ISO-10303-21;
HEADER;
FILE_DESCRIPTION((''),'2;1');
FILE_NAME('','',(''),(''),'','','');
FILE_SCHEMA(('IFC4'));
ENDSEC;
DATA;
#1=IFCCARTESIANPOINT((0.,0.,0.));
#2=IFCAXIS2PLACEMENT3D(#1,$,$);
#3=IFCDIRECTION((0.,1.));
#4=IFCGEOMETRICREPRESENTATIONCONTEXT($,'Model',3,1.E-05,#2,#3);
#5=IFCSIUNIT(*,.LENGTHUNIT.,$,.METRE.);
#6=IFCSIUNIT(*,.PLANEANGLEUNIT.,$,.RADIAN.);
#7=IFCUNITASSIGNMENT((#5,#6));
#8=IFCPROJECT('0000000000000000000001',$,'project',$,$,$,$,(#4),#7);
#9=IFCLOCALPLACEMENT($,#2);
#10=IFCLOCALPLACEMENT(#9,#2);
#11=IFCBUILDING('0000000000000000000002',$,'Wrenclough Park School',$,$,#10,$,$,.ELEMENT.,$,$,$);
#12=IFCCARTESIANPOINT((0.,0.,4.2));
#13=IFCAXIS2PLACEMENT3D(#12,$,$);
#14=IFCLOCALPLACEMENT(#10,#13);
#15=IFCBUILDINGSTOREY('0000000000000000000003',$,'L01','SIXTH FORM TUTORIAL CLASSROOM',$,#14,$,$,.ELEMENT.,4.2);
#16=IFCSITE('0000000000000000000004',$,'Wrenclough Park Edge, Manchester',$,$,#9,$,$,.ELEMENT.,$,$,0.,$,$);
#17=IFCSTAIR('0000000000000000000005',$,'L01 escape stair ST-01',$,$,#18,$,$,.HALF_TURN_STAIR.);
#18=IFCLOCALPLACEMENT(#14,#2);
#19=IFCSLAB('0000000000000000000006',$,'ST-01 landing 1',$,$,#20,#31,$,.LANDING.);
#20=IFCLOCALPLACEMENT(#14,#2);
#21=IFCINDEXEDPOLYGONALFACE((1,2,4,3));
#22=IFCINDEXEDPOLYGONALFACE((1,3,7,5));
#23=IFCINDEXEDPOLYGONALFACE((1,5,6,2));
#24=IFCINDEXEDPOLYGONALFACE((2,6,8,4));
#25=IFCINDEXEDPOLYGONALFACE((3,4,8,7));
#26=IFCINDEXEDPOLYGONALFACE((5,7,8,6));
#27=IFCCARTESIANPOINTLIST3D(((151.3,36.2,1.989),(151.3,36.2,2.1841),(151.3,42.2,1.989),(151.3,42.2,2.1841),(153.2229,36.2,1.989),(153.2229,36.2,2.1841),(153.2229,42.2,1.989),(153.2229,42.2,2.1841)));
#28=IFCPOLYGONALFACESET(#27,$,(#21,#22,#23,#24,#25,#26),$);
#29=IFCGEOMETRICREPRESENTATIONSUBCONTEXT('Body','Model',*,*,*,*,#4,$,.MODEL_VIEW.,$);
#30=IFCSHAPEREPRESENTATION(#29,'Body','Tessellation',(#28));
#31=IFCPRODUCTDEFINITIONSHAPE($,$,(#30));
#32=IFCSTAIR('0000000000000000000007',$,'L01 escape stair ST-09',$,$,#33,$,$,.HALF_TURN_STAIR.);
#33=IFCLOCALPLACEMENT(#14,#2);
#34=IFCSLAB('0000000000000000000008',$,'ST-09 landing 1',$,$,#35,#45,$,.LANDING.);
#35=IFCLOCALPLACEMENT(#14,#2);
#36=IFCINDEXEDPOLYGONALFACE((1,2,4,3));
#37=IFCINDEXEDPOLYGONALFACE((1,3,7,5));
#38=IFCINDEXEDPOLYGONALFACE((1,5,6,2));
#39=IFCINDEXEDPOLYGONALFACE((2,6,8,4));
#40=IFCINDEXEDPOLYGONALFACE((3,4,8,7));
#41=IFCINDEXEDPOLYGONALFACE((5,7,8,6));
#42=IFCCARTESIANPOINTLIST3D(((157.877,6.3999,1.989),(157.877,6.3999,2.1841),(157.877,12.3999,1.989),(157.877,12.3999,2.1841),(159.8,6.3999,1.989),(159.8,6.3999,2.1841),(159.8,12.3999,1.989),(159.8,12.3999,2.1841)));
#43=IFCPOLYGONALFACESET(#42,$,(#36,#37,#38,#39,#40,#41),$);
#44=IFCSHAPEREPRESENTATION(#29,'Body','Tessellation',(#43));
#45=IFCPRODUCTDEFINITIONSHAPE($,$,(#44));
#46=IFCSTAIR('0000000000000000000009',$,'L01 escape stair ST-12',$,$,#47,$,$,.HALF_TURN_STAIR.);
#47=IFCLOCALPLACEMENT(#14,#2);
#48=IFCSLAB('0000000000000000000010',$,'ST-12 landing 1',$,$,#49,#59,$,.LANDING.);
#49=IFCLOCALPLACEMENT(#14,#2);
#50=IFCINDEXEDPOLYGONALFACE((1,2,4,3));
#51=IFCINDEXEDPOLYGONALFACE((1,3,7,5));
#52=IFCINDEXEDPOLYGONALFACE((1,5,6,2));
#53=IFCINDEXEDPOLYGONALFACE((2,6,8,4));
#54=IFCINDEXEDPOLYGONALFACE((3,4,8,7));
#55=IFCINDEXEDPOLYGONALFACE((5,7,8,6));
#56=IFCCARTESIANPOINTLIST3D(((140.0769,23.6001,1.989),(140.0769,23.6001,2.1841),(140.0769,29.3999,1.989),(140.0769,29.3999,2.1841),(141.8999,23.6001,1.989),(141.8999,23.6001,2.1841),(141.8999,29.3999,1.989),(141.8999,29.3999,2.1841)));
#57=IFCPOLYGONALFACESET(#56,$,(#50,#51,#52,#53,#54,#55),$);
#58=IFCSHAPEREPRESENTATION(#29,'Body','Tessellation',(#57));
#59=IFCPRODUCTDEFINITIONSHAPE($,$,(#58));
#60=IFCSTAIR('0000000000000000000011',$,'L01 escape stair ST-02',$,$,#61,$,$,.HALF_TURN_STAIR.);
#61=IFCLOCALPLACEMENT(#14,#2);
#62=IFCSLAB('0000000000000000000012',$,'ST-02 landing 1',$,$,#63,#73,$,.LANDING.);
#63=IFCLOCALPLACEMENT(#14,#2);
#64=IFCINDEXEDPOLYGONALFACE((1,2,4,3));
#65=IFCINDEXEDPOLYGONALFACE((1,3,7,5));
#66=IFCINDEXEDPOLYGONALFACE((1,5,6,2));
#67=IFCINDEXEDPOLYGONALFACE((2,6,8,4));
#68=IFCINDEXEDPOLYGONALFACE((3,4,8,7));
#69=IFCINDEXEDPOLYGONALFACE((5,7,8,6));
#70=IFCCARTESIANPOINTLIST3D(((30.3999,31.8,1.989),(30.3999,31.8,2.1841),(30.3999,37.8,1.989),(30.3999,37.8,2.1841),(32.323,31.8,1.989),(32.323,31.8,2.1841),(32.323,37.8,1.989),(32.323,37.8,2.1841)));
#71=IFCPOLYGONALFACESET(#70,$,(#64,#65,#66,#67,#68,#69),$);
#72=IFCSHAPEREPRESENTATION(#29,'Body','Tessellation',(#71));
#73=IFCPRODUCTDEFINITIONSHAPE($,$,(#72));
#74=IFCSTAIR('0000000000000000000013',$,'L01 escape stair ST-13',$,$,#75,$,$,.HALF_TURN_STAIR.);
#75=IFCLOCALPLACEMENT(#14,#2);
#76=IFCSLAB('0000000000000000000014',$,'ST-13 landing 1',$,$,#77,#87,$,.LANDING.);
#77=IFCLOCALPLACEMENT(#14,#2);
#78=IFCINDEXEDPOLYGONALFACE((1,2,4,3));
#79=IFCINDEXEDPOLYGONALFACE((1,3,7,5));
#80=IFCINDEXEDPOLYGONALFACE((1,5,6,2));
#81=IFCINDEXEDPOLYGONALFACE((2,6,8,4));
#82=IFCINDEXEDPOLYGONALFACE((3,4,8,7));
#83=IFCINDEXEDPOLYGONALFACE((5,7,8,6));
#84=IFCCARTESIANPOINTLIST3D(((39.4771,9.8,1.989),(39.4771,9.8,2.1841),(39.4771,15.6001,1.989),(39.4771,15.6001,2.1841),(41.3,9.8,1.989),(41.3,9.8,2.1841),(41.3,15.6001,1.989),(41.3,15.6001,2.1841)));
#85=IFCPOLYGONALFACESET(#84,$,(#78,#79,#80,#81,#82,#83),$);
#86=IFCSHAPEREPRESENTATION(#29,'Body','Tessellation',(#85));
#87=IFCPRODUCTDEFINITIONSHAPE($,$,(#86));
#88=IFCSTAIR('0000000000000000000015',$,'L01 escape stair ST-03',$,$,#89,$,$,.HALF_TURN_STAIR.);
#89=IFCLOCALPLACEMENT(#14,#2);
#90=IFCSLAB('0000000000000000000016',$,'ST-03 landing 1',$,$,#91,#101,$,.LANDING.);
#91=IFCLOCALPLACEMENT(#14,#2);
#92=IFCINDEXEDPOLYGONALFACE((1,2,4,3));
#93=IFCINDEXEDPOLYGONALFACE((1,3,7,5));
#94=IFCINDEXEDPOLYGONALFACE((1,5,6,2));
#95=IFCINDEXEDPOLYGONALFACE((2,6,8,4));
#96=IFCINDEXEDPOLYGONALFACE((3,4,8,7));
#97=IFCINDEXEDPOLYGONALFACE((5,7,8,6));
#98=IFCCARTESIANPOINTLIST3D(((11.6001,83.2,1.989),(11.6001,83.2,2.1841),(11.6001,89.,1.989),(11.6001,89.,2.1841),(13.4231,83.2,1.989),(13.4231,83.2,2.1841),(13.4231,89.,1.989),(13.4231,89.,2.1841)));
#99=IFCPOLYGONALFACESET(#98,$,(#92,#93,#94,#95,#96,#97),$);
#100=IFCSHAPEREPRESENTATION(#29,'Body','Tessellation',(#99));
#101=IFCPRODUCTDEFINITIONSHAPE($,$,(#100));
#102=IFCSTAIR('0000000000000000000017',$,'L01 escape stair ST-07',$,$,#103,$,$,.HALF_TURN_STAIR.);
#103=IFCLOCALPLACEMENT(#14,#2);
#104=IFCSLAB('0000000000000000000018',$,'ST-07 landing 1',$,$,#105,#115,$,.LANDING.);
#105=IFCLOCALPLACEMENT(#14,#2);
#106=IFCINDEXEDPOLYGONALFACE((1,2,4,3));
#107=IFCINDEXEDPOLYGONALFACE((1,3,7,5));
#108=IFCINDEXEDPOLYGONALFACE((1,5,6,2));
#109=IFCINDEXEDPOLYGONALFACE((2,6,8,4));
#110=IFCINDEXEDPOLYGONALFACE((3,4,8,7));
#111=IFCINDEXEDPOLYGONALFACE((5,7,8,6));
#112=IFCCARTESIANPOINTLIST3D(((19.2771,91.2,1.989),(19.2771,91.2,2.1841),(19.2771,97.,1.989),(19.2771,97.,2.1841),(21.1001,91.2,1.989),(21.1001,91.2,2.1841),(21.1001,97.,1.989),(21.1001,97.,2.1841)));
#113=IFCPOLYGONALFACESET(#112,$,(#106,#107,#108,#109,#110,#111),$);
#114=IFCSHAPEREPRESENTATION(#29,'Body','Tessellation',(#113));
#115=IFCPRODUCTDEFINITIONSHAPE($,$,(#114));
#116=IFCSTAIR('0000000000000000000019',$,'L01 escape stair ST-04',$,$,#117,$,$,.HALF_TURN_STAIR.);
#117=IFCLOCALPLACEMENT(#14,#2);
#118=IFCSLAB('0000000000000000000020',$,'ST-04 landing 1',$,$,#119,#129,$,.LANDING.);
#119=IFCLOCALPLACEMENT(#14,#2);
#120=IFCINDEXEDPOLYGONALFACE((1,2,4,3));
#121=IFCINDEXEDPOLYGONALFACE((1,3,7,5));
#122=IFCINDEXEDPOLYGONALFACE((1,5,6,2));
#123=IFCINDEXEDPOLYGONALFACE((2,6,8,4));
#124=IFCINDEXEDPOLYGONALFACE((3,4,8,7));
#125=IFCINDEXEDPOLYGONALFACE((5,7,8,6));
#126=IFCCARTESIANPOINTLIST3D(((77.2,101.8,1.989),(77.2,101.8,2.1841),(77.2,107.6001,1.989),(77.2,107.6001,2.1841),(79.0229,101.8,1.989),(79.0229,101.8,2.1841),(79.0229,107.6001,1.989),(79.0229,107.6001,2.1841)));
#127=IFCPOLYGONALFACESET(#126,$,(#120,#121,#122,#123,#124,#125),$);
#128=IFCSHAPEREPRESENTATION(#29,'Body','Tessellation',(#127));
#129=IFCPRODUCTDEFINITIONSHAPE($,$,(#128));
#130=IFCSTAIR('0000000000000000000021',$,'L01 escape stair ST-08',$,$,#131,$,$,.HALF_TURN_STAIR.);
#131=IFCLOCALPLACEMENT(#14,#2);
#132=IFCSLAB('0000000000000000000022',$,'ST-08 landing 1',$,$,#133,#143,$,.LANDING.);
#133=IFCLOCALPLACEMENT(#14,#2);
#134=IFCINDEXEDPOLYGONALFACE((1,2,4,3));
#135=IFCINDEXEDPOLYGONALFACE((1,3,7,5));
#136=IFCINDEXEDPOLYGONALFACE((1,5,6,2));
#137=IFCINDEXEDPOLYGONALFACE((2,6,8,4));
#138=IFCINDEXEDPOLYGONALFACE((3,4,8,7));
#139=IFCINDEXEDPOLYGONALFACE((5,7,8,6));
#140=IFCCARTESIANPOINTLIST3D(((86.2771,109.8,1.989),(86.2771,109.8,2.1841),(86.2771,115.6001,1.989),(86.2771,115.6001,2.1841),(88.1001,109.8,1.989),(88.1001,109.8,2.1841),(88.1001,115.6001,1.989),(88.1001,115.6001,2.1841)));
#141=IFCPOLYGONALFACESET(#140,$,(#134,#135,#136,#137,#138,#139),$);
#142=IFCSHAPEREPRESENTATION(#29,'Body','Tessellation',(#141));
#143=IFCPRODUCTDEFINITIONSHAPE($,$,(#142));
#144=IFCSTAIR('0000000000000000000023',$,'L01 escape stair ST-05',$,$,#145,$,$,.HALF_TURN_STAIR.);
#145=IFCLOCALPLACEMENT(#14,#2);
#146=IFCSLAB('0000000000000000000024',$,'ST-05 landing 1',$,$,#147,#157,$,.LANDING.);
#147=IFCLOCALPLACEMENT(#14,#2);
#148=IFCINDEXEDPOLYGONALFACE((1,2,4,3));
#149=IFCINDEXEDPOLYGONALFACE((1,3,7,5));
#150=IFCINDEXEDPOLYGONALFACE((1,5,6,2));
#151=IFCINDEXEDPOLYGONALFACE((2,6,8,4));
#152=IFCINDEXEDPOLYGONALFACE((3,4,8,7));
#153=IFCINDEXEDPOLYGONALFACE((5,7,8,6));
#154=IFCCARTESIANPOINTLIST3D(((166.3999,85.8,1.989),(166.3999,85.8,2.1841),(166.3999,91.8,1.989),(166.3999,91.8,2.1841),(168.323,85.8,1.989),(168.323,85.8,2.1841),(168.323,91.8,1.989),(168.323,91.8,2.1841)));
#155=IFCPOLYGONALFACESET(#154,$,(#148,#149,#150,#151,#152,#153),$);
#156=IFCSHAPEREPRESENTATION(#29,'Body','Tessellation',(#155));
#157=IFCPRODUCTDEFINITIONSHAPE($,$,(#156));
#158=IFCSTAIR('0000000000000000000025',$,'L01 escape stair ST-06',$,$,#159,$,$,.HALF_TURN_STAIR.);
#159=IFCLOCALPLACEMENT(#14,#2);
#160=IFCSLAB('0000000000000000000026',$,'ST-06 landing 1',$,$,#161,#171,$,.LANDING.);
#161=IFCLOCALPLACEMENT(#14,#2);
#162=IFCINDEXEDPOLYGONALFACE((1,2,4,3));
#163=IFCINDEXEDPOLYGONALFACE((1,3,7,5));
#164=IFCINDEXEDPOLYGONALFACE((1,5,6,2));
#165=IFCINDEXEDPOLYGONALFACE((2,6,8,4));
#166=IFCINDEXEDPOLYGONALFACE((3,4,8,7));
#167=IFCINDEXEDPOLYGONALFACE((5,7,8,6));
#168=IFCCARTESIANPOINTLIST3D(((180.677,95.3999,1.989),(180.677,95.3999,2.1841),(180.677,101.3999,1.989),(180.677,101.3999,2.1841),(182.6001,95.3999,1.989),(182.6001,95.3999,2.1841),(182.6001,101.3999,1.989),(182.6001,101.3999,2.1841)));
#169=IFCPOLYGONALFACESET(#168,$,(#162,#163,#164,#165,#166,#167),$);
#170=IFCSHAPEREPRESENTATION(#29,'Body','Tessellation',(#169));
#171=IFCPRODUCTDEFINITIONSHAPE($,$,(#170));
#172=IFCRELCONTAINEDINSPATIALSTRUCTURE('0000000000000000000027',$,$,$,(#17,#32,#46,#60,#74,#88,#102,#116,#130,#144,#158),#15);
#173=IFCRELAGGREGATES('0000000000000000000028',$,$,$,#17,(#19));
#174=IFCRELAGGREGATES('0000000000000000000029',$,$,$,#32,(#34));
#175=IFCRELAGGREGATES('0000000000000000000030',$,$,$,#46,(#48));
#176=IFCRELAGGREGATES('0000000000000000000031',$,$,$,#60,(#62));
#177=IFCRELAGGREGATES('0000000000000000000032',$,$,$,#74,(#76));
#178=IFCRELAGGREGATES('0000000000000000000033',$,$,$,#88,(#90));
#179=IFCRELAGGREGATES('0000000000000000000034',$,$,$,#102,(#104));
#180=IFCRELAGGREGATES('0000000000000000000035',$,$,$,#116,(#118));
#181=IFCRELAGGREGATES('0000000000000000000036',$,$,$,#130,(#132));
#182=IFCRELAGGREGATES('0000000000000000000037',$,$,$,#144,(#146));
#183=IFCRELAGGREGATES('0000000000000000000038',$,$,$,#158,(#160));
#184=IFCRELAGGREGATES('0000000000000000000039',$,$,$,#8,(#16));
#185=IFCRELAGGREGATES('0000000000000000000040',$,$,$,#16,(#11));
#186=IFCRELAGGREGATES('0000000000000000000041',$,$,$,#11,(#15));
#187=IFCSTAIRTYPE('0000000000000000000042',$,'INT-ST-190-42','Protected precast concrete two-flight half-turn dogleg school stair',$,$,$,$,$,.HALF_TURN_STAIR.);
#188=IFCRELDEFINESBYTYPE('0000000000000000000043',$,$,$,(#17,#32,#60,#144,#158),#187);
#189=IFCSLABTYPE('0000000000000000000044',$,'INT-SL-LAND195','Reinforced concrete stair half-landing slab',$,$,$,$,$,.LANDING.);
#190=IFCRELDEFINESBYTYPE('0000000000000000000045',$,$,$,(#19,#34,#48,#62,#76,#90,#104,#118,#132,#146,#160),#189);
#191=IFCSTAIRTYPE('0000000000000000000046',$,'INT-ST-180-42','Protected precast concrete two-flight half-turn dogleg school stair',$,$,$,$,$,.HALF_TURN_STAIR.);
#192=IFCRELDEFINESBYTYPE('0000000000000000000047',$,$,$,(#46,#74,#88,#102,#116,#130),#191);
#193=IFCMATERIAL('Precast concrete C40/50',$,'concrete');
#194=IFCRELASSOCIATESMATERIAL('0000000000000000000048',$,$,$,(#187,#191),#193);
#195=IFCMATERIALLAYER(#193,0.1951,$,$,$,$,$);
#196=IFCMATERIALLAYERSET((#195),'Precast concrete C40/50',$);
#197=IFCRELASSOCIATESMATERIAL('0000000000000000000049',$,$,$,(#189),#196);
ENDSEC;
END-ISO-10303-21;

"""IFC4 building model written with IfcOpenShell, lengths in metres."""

from ifc_helpers import new_model, si_unit, direction, frame, origin, place, context, subcontext, project, spatial, polyline, outline, extrude, material, layer, layer_set, type_object, element, aggregate, save


model = new_model("IFC4")

# Units and contexts
model_context = context("Model", 3, precision=1e-05, world=origin(), true_north=direction((0.0, 1.0)))
body_context = subcontext(model_context, "Body", "Model", "MODEL_VIEW")
ifc_project = project(units=[si_unit("LENGTHUNIT", "METRE"), si_unit("PLANEANGLEUNIT", "RADIAN")], contexts=[model_context])

# Site, building, storey
site_placement = place(None, origin())
site = spatial("IfcSite", under=ifc_project, at=site_placement, Name="Wrenclough Park Edge, Manchester", CompositionType="ELEMENT", RefElevation=0.0)
building_placement = place(site_placement, origin())
building = spatial("IfcBuilding", under=site, at=building_placement, Name="Wrenclough Park School", CompositionType="ELEMENT")
storey_placement = place(building_placement, frame((0.0, 0.0, 4.2)))
storey = spatial("IfcBuildingStorey", under=building, at=storey_placement, Name="L01", Description="SIXTH FORM TUTORIAL CLASSROOM", CompositionType="ELEMENT", Elevation=4.2)

# Stairs, slabs
ifc_material_1 = material(Name="Precast concrete C40/50", Category="concrete")
stair_type_1 = type_object("IfcStairType", Name="INT-ST-190-42", Description="Protected precast concrete two-flight half-turn dogleg school stair", PredefinedType="HALF_TURN_STAIR", material=ifc_material_1)
stair_1_placement = place(storey_placement, origin())
stair_1 = element("IfcStair", 1, at=stair_1_placement, inside=storey, type_object=stair_type_1, Name="L01 escape stair ST-01", PredefinedType="HALF_TURN_STAIR")
ifc_layer_1 = layer(ifc_material_1, 0.1951)
ifc_layer_set_1 = layer_set([ifc_layer_1], Name="Precast concrete C40/50")
slab_type = type_object("IfcSlabType", Name="INT-SL-LAND195", Description="Reinforced concrete stair half-landing slab", PredefinedType="LANDING", material=ifc_layer_set_1)
slab_1_placement = place(storey_placement, frame((0.0, 0.0, 1.989)))
slab_1 = element("IfcSlab", 2, at=slab_1_placement, type_object=slab_type, Name="ST-01 landing 1", PredefinedType="LANDING", context=body_context, shape_type="SweptSolid", body=[
    extrude(outline(polyline([(151.3, 36.2), (153.2229, 36.2), (153.2229, 42.2), (151.3, 42.2), (151.3, 36.2)])), origin(), (0.0, 0.0, 1.0), 0.1951),
])
aggregate(stair_1, [slab_1])
stair_2_placement = place(storey_placement, origin())
stair_2 = element("IfcStair", 3, at=stair_2_placement, inside=storey, type_object=stair_type_1, Name="L01 escape stair ST-09", PredefinedType="HALF_TURN_STAIR")
slab_2_placement = place(storey_placement, frame((0.0, 0.0, 1.989)))
slab_2 = element("IfcSlab", 4, at=slab_2_placement, type_object=slab_type, Name="ST-09 landing 1", PredefinedType="LANDING", context=body_context, shape_type="SweptSolid", body=[
    extrude(outline(polyline([(157.877, 6.3999), (159.8, 6.3999), (159.8, 12.3999), (157.877, 12.3999), (157.877, 6.3999)])), origin(), (0.0, 0.0, 1.0), 0.1951),
])
aggregate(stair_2, [slab_2])
stair_type_2 = type_object("IfcStairType", Name="INT-ST-180-42", Description="Protected precast concrete two-flight half-turn dogleg school stair", PredefinedType="HALF_TURN_STAIR", material=ifc_material_1)
stair_3_placement = place(storey_placement, origin())
stair_3 = element("IfcStair", 5, at=stair_3_placement, inside=storey, type_object=stair_type_2, Name="L01 escape stair ST-12", PredefinedType="HALF_TURN_STAIR")
slab_3_placement = place(storey_placement, frame((0.0, 0.0, 1.989)))
slab_3 = element("IfcSlab", 6, at=slab_3_placement, type_object=slab_type, Name="ST-12 landing 1", PredefinedType="LANDING", context=body_context, shape_type="SweptSolid", body=[
    extrude(outline(polyline([(140.0769, 23.6001), (141.8999, 23.6001), (141.8999, 29.3999), (140.0769, 29.3999), (140.0769, 23.6001)])), origin(), (0.0, 0.0, 1.0), 0.1951),
])
aggregate(stair_3, [slab_3])
stair_4_placement = place(storey_placement, origin())
stair_4 = element("IfcStair", 7, at=stair_4_placement, inside=storey, type_object=stair_type_1, Name="L01 escape stair ST-02", PredefinedType="HALF_TURN_STAIR")
slab_4_placement = place(storey_placement, frame((0.0, 0.0, 1.989)))
slab_4 = element("IfcSlab", 8, at=slab_4_placement, type_object=slab_type, Name="ST-02 landing 1", PredefinedType="LANDING", context=body_context, shape_type="SweptSolid", body=[
    extrude(outline(polyline([(30.3999, 31.8), (32.323, 31.8), (32.323, 37.8), (30.3999, 37.8), (30.3999, 31.8)])), origin(), (0.0, 0.0, 1.0), 0.1951),
])
aggregate(stair_4, [slab_4])
stair_5_placement = place(storey_placement, origin())
stair_5 = element("IfcStair", 9, at=stair_5_placement, inside=storey, type_object=stair_type_2, Name="L01 escape stair ST-13", PredefinedType="HALF_TURN_STAIR")
slab_5_placement = place(storey_placement, frame((0.0, 0.0, 1.989)))
slab_5 = element("IfcSlab", 10, at=slab_5_placement, type_object=slab_type, Name="ST-13 landing 1", PredefinedType="LANDING", context=body_context, shape_type="SweptSolid", body=[
    extrude(outline(polyline([(39.4771, 9.8), (41.3, 9.8), (41.3, 15.6001), (39.4771, 15.6001), (39.4771, 9.8)])), origin(), (0.0, 0.0, 1.0), 0.1951),
])
aggregate(stair_5, [slab_5])
stair_6_placement = place(storey_placement, origin())
stair_6 = element("IfcStair", 11, at=stair_6_placement, inside=storey, type_object=stair_type_2, Name="L01 escape stair ST-03", PredefinedType="HALF_TURN_STAIR")
slab_6_placement = place(storey_placement, frame((0.0, 0.0, 1.989)))
slab_6 = element("IfcSlab", 12, at=slab_6_placement, type_object=slab_type, Name="ST-03 landing 1", PredefinedType="LANDING", context=body_context, shape_type="SweptSolid", body=[
    extrude(outline(polyline([(11.6001, 83.2), (13.4231, 83.2), (13.4231, 89.0), (11.6001, 89.0), (11.6001, 83.2)])), origin(), (0.0, 0.0, 1.0), 0.1951),
])
aggregate(stair_6, [slab_6])
stair_7_placement = place(storey_placement, origin())
stair_7 = element("IfcStair", 13, at=stair_7_placement, inside=storey, type_object=stair_type_2, Name="L01 escape stair ST-07", PredefinedType="HALF_TURN_STAIR")
slab_7_placement = place(storey_placement, frame((0.0, 0.0, 1.989)))
slab_7 = element("IfcSlab", 14, at=slab_7_placement, type_object=slab_type, Name="ST-07 landing 1", PredefinedType="LANDING", context=body_context, shape_type="SweptSolid", body=[
    extrude(outline(polyline([(19.2771, 91.2), (21.1001, 91.2), (21.1001, 97.0), (19.2771, 97.0), (19.2771, 91.2)])), origin(), (0.0, 0.0, 1.0), 0.1951),
])
aggregate(stair_7, [slab_7])
stair_8_placement = place(storey_placement, origin())
stair_8 = element("IfcStair", 15, at=stair_8_placement, inside=storey, type_object=stair_type_2, Name="L01 escape stair ST-04", PredefinedType="HALF_TURN_STAIR")
slab_8_placement = place(storey_placement, frame((0.0, 0.0, 1.989)))
slab_8 = element("IfcSlab", 16, at=slab_8_placement, type_object=slab_type, Name="ST-04 landing 1", PredefinedType="LANDING", context=body_context, shape_type="SweptSolid", body=[
    extrude(outline(polyline([(77.2, 101.8), (79.0229, 101.8), (79.0229, 107.6001), (77.2, 107.6001), (77.2, 101.8)])), origin(), (0.0, 0.0, 1.0), 0.1951),
])
aggregate(stair_8, [slab_8])
stair_9_placement = place(storey_placement, origin())
stair_9 = element("IfcStair", 17, at=stair_9_placement, inside=storey, type_object=stair_type_2, Name="L01 escape stair ST-08", PredefinedType="HALF_TURN_STAIR")
slab_9_placement = place(storey_placement, frame((0.0, 0.0, 1.989)))
slab_9 = element("IfcSlab", 18, at=slab_9_placement, type_object=slab_type, Name="ST-08 landing 1", PredefinedType="LANDING", context=body_context, shape_type="SweptSolid", body=[
    extrude(outline(polyline([(86.2771, 109.8), (88.1001, 109.8), (88.1001, 115.6001), (86.2771, 115.6001), (86.2771, 109.8)])), origin(), (0.0, 0.0, 1.0), 0.1951),
])
aggregate(stair_9, [slab_9])
stair_10_placement = place(storey_placement, origin())
stair_10 = element("IfcStair", 19, at=stair_10_placement, inside=storey, type_object=stair_type_1, Name="L01 escape stair ST-05", PredefinedType="HALF_TURN_STAIR")
slab_10_placement = place(storey_placement, frame((0.0, 0.0, 1.989)))
slab_10 = element("IfcSlab", 20, at=slab_10_placement, type_object=slab_type, Name="ST-05 landing 1", PredefinedType="LANDING", context=body_context, shape_type="SweptSolid", body=[
    extrude(outline(polyline([(166.3999, 85.8), (168.323, 85.8), (168.323, 91.8), (166.3999, 91.8), (166.3999, 85.8)])), origin(), (0.0, 0.0, 1.0), 0.1951),
])
aggregate(stair_10, [slab_10])
stair_11_placement = place(storey_placement, origin())
stair_11 = element("IfcStair", 21, at=stair_11_placement, inside=storey, type_object=stair_type_1, Name="L01 escape stair ST-06", PredefinedType="HALF_TURN_STAIR")
slab_11_placement = place(storey_placement, frame((0.0, 0.0, 1.989)))
slab_11 = element("IfcSlab", 22, at=slab_11_placement, type_object=slab_type, Name="ST-06 landing 1", PredefinedType="LANDING", context=body_context, shape_type="SweptSolid", body=[
    extrude(outline(polyline([(180.677, 95.3999), (182.6001, 95.3999), (182.6001, 101.3999), (180.677, 101.3999), (180.677, 95.3999)])), origin(), (0.0, 0.0, 1.0), 0.1951),
])
aggregate(stair_11, [slab_11])

save(model, "model.ifc")
